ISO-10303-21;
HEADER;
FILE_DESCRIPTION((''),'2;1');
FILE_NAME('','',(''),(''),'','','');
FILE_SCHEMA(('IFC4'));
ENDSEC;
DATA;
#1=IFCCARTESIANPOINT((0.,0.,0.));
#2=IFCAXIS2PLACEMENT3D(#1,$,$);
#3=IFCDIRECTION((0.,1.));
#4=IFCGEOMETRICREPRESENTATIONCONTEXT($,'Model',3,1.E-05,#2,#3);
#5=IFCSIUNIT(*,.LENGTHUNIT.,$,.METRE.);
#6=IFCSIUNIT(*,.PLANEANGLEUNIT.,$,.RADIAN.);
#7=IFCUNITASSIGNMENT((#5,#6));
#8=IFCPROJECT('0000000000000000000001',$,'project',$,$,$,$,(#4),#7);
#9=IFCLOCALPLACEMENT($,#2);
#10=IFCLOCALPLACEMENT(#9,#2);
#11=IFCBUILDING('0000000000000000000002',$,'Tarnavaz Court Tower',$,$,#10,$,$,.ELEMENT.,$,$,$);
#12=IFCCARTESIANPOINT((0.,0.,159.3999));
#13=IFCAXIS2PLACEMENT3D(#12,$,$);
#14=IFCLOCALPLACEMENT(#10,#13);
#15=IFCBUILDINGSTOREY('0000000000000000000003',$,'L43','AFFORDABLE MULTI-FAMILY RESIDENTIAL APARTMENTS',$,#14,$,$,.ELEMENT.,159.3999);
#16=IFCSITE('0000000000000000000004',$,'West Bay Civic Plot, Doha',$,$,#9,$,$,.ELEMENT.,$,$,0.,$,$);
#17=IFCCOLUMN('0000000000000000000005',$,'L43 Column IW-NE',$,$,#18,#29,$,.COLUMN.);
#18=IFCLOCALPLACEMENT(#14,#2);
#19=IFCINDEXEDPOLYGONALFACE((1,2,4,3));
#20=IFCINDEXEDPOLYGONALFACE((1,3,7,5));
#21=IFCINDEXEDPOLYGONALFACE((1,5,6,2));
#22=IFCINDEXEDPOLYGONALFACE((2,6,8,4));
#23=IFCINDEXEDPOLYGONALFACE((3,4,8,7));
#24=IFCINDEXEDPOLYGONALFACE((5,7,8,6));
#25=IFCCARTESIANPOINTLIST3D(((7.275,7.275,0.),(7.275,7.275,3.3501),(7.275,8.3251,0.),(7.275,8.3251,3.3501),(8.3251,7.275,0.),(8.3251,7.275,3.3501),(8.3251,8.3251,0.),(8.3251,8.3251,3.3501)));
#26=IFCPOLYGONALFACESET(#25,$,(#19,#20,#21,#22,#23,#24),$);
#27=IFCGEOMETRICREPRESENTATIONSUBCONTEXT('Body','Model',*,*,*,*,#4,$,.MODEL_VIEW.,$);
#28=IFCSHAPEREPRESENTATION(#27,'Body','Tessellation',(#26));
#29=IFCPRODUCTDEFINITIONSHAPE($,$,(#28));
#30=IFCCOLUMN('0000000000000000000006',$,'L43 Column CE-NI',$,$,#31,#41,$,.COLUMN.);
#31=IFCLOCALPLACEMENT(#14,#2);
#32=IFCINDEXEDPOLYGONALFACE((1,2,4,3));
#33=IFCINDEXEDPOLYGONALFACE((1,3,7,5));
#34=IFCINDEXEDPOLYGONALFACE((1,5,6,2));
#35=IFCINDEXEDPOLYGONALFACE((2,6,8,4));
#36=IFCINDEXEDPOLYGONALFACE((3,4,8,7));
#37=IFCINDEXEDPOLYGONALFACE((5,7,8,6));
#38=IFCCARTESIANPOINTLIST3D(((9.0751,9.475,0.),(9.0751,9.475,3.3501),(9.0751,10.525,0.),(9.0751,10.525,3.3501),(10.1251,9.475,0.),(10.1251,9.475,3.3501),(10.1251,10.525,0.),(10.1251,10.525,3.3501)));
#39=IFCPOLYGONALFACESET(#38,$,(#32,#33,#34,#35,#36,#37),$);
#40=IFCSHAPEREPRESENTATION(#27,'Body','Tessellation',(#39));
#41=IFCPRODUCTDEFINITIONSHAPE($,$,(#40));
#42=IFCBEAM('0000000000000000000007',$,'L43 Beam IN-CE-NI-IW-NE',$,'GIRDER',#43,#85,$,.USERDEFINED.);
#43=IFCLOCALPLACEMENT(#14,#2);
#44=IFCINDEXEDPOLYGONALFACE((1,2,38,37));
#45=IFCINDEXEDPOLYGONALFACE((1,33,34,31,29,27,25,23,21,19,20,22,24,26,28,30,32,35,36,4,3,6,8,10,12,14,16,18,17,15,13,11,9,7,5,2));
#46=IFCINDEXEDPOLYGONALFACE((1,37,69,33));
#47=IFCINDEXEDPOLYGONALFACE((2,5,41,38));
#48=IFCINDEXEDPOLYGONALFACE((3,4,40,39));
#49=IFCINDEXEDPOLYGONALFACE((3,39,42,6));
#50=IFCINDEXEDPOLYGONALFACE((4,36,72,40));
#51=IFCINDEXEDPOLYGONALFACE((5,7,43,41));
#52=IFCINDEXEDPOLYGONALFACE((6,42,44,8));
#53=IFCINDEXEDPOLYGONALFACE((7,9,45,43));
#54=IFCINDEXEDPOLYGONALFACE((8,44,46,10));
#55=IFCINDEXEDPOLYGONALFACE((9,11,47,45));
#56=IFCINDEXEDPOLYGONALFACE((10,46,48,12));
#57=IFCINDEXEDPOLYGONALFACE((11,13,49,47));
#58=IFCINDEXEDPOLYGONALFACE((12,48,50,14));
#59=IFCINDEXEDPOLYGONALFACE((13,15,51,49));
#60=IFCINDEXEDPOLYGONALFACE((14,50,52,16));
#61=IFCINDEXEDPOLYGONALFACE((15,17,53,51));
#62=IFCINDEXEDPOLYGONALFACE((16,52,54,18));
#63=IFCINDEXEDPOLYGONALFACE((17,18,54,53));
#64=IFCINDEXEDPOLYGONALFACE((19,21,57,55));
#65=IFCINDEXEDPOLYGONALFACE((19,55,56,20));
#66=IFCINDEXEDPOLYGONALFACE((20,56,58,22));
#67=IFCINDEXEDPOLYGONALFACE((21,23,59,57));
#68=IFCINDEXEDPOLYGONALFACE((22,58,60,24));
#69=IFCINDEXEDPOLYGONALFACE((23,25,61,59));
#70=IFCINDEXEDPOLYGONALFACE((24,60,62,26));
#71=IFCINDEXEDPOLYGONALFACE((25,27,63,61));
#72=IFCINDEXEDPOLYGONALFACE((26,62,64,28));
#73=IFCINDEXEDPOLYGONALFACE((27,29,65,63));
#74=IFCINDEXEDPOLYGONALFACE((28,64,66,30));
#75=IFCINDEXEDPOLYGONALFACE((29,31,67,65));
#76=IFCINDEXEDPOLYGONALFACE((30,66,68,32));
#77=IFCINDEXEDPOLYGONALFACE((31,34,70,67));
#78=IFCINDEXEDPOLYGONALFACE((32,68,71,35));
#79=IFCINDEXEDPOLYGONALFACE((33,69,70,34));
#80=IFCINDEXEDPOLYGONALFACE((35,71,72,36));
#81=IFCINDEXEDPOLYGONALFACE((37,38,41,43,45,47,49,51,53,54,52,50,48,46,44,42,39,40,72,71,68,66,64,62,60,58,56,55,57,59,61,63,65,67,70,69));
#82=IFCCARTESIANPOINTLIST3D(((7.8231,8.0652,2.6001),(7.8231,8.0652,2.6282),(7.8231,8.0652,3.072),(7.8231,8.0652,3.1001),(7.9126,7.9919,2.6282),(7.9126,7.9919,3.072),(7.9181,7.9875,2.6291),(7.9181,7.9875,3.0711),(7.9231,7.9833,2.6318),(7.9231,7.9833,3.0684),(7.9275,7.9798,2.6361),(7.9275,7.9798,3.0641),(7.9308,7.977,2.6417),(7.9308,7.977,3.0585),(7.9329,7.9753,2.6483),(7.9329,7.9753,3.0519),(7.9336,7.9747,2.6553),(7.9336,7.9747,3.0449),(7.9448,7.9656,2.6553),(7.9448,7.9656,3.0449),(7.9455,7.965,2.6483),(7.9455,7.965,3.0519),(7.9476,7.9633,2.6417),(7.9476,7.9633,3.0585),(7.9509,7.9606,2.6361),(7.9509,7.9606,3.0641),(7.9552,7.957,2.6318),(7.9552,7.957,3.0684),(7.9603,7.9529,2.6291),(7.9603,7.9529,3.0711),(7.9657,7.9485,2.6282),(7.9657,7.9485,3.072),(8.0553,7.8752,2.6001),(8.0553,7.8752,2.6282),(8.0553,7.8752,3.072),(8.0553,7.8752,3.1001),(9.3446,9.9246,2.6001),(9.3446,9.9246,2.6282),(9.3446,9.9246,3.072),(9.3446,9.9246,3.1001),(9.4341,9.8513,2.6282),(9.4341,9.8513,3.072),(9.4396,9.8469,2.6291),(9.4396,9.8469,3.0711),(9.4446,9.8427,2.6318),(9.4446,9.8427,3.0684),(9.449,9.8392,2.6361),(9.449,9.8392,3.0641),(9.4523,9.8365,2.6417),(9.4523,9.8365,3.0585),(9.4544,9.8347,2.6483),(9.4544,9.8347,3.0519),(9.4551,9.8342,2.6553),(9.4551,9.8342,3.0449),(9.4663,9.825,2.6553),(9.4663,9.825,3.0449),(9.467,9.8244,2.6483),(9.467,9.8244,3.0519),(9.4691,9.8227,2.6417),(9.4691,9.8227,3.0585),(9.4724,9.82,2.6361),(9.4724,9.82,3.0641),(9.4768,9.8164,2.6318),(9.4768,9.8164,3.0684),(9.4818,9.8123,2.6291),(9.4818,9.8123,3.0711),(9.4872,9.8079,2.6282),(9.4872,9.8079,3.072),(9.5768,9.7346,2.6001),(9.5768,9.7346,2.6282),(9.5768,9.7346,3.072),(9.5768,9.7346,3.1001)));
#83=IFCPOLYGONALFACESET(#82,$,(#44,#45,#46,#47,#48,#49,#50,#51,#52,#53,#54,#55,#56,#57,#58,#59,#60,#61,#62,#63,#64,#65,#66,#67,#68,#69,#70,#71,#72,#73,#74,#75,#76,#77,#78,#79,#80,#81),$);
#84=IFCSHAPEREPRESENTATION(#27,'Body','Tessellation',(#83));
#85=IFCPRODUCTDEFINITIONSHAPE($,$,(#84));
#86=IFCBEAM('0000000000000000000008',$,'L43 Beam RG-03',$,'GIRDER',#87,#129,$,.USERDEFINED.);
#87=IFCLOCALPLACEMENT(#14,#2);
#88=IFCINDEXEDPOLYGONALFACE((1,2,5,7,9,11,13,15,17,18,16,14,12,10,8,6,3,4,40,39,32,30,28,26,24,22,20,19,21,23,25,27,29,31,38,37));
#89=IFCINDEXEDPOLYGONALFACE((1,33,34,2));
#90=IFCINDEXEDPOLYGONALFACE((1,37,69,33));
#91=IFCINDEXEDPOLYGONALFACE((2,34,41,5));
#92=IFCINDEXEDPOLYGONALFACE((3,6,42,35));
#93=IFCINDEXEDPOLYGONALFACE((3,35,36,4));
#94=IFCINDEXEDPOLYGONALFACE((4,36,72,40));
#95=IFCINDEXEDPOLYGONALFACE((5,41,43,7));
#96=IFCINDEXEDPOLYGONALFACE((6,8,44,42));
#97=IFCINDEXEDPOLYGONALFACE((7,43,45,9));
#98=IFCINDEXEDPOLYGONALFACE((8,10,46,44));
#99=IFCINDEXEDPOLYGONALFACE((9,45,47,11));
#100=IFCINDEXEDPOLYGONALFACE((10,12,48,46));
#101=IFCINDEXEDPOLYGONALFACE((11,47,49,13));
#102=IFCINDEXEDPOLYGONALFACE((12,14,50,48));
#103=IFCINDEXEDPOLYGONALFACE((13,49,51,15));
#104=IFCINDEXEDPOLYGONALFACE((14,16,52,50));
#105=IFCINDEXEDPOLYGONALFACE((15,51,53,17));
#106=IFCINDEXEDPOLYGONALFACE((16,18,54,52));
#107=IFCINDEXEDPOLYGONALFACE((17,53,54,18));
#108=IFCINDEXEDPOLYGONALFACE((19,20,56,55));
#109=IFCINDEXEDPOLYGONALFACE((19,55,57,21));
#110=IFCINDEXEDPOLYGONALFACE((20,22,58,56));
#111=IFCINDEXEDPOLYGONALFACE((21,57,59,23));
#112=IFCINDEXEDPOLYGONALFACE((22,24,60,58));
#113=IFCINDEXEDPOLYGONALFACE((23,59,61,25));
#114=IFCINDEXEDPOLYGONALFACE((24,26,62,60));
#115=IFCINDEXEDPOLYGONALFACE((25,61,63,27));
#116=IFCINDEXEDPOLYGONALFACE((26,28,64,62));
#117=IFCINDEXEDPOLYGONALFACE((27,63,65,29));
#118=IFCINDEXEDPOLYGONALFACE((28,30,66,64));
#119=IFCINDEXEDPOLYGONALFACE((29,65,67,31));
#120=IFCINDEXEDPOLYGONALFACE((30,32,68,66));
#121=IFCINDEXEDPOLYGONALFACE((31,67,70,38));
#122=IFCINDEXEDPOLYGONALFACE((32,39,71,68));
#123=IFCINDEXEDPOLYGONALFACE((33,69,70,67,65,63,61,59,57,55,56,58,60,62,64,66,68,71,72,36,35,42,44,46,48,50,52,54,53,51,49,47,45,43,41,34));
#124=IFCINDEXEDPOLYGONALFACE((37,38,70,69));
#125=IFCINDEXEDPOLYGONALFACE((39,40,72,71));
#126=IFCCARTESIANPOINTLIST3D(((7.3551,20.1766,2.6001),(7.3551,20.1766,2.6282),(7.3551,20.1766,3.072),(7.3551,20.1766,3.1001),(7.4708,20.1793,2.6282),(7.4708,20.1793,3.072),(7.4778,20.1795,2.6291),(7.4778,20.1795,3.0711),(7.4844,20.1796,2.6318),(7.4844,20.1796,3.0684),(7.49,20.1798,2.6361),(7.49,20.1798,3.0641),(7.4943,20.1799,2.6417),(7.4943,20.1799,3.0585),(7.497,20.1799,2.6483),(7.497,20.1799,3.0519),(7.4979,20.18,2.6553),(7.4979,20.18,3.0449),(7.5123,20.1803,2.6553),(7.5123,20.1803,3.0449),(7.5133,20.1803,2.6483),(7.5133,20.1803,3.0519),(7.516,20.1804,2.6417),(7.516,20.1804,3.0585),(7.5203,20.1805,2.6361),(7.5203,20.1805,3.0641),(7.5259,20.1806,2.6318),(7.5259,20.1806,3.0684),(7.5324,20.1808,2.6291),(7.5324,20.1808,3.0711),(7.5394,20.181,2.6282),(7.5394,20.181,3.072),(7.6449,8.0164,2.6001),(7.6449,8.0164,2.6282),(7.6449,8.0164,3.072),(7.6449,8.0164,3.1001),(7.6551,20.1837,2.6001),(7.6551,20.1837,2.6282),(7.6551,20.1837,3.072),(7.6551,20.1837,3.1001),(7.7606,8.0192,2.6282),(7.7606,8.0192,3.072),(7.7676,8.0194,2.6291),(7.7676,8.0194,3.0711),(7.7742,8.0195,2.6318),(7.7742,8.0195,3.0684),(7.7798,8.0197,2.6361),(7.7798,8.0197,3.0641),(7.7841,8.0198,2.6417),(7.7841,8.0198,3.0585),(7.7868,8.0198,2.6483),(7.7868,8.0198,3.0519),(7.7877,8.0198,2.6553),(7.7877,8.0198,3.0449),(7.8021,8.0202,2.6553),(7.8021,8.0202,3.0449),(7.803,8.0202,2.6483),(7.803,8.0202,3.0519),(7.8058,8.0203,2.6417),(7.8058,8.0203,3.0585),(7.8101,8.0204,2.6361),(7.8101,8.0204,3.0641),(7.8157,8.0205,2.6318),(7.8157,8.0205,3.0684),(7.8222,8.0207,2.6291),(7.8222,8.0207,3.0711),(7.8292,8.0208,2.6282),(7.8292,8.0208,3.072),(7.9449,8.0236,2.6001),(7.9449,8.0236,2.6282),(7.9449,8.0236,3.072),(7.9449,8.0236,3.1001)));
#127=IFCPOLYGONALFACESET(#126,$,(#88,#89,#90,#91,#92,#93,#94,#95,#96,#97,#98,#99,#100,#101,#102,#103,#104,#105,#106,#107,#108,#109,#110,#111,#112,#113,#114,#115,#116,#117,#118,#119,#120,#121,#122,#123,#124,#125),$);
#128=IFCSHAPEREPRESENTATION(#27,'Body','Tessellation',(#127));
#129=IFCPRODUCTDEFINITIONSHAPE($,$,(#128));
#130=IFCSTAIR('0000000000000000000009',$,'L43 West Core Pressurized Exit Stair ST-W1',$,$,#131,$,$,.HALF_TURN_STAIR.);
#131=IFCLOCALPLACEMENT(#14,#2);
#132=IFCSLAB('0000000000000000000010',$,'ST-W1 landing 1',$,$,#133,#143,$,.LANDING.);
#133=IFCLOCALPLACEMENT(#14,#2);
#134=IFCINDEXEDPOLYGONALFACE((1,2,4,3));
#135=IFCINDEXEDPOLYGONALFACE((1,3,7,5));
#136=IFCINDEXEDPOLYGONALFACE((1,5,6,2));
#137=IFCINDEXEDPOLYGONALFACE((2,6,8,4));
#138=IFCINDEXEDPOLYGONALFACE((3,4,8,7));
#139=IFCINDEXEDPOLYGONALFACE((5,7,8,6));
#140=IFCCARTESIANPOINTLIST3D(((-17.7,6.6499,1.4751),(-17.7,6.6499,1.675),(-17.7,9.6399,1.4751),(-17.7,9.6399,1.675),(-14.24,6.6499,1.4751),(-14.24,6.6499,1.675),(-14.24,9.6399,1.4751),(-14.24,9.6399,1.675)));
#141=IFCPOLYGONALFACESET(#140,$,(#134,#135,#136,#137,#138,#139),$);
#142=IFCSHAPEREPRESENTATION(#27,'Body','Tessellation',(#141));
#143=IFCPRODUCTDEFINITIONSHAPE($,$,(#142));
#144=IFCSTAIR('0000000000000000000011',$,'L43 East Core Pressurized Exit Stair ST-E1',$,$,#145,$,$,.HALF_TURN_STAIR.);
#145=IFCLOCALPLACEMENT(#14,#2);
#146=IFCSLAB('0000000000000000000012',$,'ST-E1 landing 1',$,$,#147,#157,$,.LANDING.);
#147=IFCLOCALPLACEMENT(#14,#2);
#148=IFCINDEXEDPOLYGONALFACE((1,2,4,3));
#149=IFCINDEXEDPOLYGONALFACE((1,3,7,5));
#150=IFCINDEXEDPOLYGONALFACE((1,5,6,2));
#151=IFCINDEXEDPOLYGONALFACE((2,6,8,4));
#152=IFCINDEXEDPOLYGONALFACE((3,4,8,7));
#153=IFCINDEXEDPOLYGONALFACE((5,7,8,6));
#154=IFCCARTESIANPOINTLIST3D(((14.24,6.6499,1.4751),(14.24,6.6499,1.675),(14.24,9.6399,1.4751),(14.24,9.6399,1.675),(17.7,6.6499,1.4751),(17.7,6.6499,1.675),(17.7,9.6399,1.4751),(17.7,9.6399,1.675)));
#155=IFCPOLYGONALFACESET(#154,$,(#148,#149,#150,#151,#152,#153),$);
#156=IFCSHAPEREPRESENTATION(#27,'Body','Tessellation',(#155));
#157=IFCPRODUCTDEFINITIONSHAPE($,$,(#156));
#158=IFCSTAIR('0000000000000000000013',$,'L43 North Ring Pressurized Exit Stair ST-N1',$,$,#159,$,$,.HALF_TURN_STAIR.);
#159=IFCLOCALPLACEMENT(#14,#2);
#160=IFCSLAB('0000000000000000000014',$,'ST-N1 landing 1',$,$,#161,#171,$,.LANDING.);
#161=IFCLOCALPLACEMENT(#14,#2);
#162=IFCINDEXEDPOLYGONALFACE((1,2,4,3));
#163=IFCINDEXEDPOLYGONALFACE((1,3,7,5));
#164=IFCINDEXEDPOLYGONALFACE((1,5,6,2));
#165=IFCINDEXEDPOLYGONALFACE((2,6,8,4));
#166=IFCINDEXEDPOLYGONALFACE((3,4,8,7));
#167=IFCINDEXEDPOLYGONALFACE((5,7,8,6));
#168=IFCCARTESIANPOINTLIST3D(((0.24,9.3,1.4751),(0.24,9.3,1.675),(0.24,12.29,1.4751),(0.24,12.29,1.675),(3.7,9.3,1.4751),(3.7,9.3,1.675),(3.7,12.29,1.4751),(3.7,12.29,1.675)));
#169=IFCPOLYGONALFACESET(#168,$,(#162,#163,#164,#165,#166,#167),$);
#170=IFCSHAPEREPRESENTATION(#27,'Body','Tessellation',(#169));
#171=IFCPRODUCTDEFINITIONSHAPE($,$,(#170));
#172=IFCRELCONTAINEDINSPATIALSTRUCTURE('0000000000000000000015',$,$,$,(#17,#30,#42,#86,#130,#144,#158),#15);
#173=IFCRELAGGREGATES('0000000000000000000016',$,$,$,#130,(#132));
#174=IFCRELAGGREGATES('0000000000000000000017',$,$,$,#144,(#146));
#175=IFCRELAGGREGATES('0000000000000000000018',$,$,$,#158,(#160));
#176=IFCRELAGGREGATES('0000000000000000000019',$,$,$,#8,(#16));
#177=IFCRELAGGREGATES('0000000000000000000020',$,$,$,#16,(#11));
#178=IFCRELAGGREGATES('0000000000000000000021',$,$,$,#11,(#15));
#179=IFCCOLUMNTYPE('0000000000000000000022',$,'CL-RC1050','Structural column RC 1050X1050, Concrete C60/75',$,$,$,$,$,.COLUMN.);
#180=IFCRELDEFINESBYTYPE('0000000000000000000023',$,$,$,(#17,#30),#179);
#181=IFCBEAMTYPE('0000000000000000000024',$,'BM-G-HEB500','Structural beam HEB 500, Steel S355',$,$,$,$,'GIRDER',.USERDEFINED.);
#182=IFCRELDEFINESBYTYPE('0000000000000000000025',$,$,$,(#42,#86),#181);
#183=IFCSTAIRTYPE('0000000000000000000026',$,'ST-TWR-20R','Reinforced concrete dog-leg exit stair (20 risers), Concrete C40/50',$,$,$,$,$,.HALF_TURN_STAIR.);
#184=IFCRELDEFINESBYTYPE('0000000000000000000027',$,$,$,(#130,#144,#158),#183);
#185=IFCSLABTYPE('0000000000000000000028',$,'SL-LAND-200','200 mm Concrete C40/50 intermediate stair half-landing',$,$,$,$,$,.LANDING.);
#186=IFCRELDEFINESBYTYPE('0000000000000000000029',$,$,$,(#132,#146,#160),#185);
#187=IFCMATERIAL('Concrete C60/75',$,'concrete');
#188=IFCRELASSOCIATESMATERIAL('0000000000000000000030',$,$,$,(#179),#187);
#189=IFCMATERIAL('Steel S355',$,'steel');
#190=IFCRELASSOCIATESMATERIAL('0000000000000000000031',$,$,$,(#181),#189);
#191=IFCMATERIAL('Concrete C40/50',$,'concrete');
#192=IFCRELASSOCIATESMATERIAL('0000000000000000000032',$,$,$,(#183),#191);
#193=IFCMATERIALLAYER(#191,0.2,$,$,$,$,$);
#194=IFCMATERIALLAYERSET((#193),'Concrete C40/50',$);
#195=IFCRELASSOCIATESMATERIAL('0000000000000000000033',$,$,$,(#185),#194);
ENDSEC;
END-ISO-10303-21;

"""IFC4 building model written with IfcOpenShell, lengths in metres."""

from ifc_helpers import new_model, si_unit, direction, frame, origin, origin_2d, place, context, subcontext, project, spatial, polyline, rectangle, i_section, outline, extrude, material, layer, layer_set, material_profile, profile_set, type_object, element, aggregate, save


model = new_model("IFC4")

# Units and contexts
model_context = context("Model", 3, precision=1e-05, world=origin(), true_north=direction((0.0, 1.0)))
body_context = subcontext(model_context, "Body", "Model", "MODEL_VIEW")
ifc_project = project(units=[si_unit("LENGTHUNIT", "METRE"), si_unit("PLANEANGLEUNIT", "RADIAN")], contexts=[model_context])

# Site, building, storey
site_placement = place(None, origin())
site = spatial("IfcSite", under=ifc_project, at=site_placement, Name="West Bay Civic Plot, Doha", CompositionType="ELEMENT", RefElevation=0.0)
building_placement = place(site_placement, origin())
building = spatial("IfcBuilding", under=site, at=building_placement, Name="Tarnavaz Court Tower", CompositionType="ELEMENT")
storey_placement = place(building_placement, frame((0.0, 0.0, 159.3999)))
storey = spatial("IfcBuildingStorey", under=building, at=storey_placement, Name="L43", Description="AFFORDABLE MULTI-FAMILY RESIDENTIAL APARTMENTS", CompositionType="ELEMENT", Elevation=159.3999)

# Columns
ifc_material_1 = material(Name="Concrete C60/75", Category="concrete")
ifc_material_profile_1 = material_profile(ifc_material_1, rectangle(XDim=1.05, YDim=1.05, at=origin_2d()), Name="RC 1050X1050")
ifc_profile_set_1 = profile_set([ifc_material_profile_1], Name="Concrete C60/75")
column_type = type_object("IfcColumnType", Name="CL-RC1050", Description="Structural column RC 1050X1050, Concrete C60/75", PredefinedType="COLUMN", material=ifc_profile_set_1)
for number, where, z_axis, x_axis, name in (
    (1, (7.8, 7.8, 0.0), (0.0, 0.0, 1.0), (1.0, 0.0, 0.0), "L43 Column IW-NE"),
    (2, (9.6001, 10.0, 0.0), (0.0, 0.0, 1.0), (1.0, 0.0, 0.0), "L43 Column CE-NI"),
):
    element("IfcColumn", number, at=place(storey_placement, frame(where, z_axis=z_axis, x_axis=x_axis)), inside=storey, type_object=column_type, Name=name, PredefinedType="COLUMN", context=body_context, shape_type="SweptSolid", body=[
        extrude(rectangle(XDim=1.05, YDim=1.05, at=origin_2d()), origin(), (0.0, 0.0, 1.0), 3.3501),
    ])

# Beams
ifc_material_2 = material(Name="Steel S355", Category="steel")
ifc_material_profile_2 = material_profile(ifc_material_2, i_section(OverallWidth=0.3, OverallDepth=0.5, WebThickness=0.0144, FlangeThickness=0.0281, FilletRadius=0.0271, at=origin_2d()), Name="HEB 500")
ifc_profile_set_2 = profile_set([ifc_material_profile_2], Name="Steel S355")
beam_type = type_object("IfcBeamType", Name="BM-G-HEB500", Description="Structural beam HEB 500, Steel S355", ElementType="GIRDER", PredefinedType="USERDEFINED", material=ifc_profile_set_2)
beam_1_placement = place(storey_placement, frame((9.4607, 9.8296, 2.8501), z_axis=(-0.633282, -0.773921, 0.0), x_axis=(0.773921, -0.633282, 0.0)))
element("IfcBeam", 3, at=beam_1_placement, inside=storey, type_object=beam_type, Name="L43 Beam IN-CE-NI-IW-NE", ObjectType="GIRDER", PredefinedType="USERDEFINED", context=body_context, shape_type="SweptSolid", body=[
    extrude(i_section(OverallWidth=0.3, OverallDepth=0.5, WebThickness=0.0144, FlangeThickness=0.0281, FilletRadius=0.0271, at=origin_2d()), origin(), (0.0, 0.0, 1.0), 2.4026),
])
beam_2_placement = place(storey_placement, frame((7.7949, 8.02, 2.8501), z_axis=(-0.023825, 0.999716, 0.0), x_axis=(-0.999716, -0.023825, 0.0)))
element("IfcBeam", 4, at=beam_2_placement, inside=storey, type_object=beam_type, Name="L43 Beam RG-03", ObjectType="GIRDER", PredefinedType="USERDEFINED", context=body_context, shape_type="SweptSolid", body=[
    extrude(i_section(OverallWidth=0.3, OverallDepth=0.5, WebThickness=0.0144, FlangeThickness=0.0281, FilletRadius=0.0271, at=origin_2d()), origin(), (0.0, 0.0, 1.0), 12.1636),
])

# Stairs, slabs
ifc_material_3 = material(Name="Concrete C40/50", Category="concrete")
stair_type = type_object("IfcStairType", Name="ST-TWR-20R", Description="Reinforced concrete dog-leg exit stair (20 risers), Concrete C40/50", PredefinedType="HALF_TURN_STAIR", material=ifc_material_3)
stair_1_placement = place(storey_placement, origin())
stair_1 = element("IfcStair", 5, at=stair_1_placement, inside=storey, type_object=stair_type, Name="L43 West Core Pressurized Exit Stair ST-W1", PredefinedType="HALF_TURN_STAIR")
ifc_layer_1 = layer(ifc_material_3, 0.2)
ifc_layer_set_1 = layer_set([ifc_layer_1], Name="Concrete C40/50")
slab_type_1 = type_object("IfcSlabType", Name="SL-LAND-200", Description="200 mm Concrete C40/50 intermediate stair half-landing", PredefinedType="LANDING", material=ifc_layer_set_1)
slab_1_placement = place(storey_placement, frame((0.0, 0.0, 1.4751)))
slab_1 = element("IfcSlab", 6, at=slab_1_placement, type_object=slab_type_1, Name="ST-W1 landing 1", PredefinedType="LANDING", context=body_context, shape_type="SweptSolid", body=[
    extrude(outline(polyline([(-14.24, 9.6399), (-17.7, 9.6399), (-17.7, 6.6499), (-14.24, 6.6499), (-14.24, 9.6399)])), origin(), (0.0, 0.0, 1.0), 0.2),
])
aggregate(stair_1, [slab_1])
stair_2_placement = place(storey_placement, origin())
stair_2 = element("IfcStair", 7, at=stair_2_placement, inside=storey, type_object=stair_type, Name="L43 East Core Pressurized Exit Stair ST-E1", PredefinedType="HALF_TURN_STAIR")
slab_2_placement = place(storey_placement, frame((0.0, 0.0, 1.4751)))
slab_2 = element("IfcSlab", 8, at=slab_2_placement, type_object=slab_type_1, Name="ST-E1 landing 1", PredefinedType="LANDING", context=body_context, shape_type="SweptSolid", body=[
    extrude(outline(polyline([(14.24, 6.6499), (17.7, 6.6499), (17.7, 9.6399), (14.24, 9.6399), (14.24, 6.6499)])), origin(), (0.0, 0.0, 1.0), 0.2),
])
aggregate(stair_2, [slab_2])
stair_3_placement = place(storey_placement, origin())
stair_3 = element("IfcStair", 9, at=stair_3_placement, inside=storey, type_object=stair_type, Name="L43 North Ring Pressurized Exit Stair ST-N1", PredefinedType="HALF_TURN_STAIR")
slab_3_placement = place(storey_placement, frame((0.0, 0.0, 1.4751)))
slab_3 = element("IfcSlab", 10, at=slab_3_placement, type_object=slab_type_1, Name="ST-N1 landing 1", PredefinedType="LANDING", context=body_context, shape_type="SweptSolid", body=[
    extrude(outline(polyline([(0.24, 9.3), (3.7, 9.3), (3.7, 12.29), (0.24, 12.29), (0.24, 9.3)])), origin(), (0.0, 0.0, 1.0), 0.2),
])

aggregate(stair_3, [slab_3])

save(model, "model.ifc")
